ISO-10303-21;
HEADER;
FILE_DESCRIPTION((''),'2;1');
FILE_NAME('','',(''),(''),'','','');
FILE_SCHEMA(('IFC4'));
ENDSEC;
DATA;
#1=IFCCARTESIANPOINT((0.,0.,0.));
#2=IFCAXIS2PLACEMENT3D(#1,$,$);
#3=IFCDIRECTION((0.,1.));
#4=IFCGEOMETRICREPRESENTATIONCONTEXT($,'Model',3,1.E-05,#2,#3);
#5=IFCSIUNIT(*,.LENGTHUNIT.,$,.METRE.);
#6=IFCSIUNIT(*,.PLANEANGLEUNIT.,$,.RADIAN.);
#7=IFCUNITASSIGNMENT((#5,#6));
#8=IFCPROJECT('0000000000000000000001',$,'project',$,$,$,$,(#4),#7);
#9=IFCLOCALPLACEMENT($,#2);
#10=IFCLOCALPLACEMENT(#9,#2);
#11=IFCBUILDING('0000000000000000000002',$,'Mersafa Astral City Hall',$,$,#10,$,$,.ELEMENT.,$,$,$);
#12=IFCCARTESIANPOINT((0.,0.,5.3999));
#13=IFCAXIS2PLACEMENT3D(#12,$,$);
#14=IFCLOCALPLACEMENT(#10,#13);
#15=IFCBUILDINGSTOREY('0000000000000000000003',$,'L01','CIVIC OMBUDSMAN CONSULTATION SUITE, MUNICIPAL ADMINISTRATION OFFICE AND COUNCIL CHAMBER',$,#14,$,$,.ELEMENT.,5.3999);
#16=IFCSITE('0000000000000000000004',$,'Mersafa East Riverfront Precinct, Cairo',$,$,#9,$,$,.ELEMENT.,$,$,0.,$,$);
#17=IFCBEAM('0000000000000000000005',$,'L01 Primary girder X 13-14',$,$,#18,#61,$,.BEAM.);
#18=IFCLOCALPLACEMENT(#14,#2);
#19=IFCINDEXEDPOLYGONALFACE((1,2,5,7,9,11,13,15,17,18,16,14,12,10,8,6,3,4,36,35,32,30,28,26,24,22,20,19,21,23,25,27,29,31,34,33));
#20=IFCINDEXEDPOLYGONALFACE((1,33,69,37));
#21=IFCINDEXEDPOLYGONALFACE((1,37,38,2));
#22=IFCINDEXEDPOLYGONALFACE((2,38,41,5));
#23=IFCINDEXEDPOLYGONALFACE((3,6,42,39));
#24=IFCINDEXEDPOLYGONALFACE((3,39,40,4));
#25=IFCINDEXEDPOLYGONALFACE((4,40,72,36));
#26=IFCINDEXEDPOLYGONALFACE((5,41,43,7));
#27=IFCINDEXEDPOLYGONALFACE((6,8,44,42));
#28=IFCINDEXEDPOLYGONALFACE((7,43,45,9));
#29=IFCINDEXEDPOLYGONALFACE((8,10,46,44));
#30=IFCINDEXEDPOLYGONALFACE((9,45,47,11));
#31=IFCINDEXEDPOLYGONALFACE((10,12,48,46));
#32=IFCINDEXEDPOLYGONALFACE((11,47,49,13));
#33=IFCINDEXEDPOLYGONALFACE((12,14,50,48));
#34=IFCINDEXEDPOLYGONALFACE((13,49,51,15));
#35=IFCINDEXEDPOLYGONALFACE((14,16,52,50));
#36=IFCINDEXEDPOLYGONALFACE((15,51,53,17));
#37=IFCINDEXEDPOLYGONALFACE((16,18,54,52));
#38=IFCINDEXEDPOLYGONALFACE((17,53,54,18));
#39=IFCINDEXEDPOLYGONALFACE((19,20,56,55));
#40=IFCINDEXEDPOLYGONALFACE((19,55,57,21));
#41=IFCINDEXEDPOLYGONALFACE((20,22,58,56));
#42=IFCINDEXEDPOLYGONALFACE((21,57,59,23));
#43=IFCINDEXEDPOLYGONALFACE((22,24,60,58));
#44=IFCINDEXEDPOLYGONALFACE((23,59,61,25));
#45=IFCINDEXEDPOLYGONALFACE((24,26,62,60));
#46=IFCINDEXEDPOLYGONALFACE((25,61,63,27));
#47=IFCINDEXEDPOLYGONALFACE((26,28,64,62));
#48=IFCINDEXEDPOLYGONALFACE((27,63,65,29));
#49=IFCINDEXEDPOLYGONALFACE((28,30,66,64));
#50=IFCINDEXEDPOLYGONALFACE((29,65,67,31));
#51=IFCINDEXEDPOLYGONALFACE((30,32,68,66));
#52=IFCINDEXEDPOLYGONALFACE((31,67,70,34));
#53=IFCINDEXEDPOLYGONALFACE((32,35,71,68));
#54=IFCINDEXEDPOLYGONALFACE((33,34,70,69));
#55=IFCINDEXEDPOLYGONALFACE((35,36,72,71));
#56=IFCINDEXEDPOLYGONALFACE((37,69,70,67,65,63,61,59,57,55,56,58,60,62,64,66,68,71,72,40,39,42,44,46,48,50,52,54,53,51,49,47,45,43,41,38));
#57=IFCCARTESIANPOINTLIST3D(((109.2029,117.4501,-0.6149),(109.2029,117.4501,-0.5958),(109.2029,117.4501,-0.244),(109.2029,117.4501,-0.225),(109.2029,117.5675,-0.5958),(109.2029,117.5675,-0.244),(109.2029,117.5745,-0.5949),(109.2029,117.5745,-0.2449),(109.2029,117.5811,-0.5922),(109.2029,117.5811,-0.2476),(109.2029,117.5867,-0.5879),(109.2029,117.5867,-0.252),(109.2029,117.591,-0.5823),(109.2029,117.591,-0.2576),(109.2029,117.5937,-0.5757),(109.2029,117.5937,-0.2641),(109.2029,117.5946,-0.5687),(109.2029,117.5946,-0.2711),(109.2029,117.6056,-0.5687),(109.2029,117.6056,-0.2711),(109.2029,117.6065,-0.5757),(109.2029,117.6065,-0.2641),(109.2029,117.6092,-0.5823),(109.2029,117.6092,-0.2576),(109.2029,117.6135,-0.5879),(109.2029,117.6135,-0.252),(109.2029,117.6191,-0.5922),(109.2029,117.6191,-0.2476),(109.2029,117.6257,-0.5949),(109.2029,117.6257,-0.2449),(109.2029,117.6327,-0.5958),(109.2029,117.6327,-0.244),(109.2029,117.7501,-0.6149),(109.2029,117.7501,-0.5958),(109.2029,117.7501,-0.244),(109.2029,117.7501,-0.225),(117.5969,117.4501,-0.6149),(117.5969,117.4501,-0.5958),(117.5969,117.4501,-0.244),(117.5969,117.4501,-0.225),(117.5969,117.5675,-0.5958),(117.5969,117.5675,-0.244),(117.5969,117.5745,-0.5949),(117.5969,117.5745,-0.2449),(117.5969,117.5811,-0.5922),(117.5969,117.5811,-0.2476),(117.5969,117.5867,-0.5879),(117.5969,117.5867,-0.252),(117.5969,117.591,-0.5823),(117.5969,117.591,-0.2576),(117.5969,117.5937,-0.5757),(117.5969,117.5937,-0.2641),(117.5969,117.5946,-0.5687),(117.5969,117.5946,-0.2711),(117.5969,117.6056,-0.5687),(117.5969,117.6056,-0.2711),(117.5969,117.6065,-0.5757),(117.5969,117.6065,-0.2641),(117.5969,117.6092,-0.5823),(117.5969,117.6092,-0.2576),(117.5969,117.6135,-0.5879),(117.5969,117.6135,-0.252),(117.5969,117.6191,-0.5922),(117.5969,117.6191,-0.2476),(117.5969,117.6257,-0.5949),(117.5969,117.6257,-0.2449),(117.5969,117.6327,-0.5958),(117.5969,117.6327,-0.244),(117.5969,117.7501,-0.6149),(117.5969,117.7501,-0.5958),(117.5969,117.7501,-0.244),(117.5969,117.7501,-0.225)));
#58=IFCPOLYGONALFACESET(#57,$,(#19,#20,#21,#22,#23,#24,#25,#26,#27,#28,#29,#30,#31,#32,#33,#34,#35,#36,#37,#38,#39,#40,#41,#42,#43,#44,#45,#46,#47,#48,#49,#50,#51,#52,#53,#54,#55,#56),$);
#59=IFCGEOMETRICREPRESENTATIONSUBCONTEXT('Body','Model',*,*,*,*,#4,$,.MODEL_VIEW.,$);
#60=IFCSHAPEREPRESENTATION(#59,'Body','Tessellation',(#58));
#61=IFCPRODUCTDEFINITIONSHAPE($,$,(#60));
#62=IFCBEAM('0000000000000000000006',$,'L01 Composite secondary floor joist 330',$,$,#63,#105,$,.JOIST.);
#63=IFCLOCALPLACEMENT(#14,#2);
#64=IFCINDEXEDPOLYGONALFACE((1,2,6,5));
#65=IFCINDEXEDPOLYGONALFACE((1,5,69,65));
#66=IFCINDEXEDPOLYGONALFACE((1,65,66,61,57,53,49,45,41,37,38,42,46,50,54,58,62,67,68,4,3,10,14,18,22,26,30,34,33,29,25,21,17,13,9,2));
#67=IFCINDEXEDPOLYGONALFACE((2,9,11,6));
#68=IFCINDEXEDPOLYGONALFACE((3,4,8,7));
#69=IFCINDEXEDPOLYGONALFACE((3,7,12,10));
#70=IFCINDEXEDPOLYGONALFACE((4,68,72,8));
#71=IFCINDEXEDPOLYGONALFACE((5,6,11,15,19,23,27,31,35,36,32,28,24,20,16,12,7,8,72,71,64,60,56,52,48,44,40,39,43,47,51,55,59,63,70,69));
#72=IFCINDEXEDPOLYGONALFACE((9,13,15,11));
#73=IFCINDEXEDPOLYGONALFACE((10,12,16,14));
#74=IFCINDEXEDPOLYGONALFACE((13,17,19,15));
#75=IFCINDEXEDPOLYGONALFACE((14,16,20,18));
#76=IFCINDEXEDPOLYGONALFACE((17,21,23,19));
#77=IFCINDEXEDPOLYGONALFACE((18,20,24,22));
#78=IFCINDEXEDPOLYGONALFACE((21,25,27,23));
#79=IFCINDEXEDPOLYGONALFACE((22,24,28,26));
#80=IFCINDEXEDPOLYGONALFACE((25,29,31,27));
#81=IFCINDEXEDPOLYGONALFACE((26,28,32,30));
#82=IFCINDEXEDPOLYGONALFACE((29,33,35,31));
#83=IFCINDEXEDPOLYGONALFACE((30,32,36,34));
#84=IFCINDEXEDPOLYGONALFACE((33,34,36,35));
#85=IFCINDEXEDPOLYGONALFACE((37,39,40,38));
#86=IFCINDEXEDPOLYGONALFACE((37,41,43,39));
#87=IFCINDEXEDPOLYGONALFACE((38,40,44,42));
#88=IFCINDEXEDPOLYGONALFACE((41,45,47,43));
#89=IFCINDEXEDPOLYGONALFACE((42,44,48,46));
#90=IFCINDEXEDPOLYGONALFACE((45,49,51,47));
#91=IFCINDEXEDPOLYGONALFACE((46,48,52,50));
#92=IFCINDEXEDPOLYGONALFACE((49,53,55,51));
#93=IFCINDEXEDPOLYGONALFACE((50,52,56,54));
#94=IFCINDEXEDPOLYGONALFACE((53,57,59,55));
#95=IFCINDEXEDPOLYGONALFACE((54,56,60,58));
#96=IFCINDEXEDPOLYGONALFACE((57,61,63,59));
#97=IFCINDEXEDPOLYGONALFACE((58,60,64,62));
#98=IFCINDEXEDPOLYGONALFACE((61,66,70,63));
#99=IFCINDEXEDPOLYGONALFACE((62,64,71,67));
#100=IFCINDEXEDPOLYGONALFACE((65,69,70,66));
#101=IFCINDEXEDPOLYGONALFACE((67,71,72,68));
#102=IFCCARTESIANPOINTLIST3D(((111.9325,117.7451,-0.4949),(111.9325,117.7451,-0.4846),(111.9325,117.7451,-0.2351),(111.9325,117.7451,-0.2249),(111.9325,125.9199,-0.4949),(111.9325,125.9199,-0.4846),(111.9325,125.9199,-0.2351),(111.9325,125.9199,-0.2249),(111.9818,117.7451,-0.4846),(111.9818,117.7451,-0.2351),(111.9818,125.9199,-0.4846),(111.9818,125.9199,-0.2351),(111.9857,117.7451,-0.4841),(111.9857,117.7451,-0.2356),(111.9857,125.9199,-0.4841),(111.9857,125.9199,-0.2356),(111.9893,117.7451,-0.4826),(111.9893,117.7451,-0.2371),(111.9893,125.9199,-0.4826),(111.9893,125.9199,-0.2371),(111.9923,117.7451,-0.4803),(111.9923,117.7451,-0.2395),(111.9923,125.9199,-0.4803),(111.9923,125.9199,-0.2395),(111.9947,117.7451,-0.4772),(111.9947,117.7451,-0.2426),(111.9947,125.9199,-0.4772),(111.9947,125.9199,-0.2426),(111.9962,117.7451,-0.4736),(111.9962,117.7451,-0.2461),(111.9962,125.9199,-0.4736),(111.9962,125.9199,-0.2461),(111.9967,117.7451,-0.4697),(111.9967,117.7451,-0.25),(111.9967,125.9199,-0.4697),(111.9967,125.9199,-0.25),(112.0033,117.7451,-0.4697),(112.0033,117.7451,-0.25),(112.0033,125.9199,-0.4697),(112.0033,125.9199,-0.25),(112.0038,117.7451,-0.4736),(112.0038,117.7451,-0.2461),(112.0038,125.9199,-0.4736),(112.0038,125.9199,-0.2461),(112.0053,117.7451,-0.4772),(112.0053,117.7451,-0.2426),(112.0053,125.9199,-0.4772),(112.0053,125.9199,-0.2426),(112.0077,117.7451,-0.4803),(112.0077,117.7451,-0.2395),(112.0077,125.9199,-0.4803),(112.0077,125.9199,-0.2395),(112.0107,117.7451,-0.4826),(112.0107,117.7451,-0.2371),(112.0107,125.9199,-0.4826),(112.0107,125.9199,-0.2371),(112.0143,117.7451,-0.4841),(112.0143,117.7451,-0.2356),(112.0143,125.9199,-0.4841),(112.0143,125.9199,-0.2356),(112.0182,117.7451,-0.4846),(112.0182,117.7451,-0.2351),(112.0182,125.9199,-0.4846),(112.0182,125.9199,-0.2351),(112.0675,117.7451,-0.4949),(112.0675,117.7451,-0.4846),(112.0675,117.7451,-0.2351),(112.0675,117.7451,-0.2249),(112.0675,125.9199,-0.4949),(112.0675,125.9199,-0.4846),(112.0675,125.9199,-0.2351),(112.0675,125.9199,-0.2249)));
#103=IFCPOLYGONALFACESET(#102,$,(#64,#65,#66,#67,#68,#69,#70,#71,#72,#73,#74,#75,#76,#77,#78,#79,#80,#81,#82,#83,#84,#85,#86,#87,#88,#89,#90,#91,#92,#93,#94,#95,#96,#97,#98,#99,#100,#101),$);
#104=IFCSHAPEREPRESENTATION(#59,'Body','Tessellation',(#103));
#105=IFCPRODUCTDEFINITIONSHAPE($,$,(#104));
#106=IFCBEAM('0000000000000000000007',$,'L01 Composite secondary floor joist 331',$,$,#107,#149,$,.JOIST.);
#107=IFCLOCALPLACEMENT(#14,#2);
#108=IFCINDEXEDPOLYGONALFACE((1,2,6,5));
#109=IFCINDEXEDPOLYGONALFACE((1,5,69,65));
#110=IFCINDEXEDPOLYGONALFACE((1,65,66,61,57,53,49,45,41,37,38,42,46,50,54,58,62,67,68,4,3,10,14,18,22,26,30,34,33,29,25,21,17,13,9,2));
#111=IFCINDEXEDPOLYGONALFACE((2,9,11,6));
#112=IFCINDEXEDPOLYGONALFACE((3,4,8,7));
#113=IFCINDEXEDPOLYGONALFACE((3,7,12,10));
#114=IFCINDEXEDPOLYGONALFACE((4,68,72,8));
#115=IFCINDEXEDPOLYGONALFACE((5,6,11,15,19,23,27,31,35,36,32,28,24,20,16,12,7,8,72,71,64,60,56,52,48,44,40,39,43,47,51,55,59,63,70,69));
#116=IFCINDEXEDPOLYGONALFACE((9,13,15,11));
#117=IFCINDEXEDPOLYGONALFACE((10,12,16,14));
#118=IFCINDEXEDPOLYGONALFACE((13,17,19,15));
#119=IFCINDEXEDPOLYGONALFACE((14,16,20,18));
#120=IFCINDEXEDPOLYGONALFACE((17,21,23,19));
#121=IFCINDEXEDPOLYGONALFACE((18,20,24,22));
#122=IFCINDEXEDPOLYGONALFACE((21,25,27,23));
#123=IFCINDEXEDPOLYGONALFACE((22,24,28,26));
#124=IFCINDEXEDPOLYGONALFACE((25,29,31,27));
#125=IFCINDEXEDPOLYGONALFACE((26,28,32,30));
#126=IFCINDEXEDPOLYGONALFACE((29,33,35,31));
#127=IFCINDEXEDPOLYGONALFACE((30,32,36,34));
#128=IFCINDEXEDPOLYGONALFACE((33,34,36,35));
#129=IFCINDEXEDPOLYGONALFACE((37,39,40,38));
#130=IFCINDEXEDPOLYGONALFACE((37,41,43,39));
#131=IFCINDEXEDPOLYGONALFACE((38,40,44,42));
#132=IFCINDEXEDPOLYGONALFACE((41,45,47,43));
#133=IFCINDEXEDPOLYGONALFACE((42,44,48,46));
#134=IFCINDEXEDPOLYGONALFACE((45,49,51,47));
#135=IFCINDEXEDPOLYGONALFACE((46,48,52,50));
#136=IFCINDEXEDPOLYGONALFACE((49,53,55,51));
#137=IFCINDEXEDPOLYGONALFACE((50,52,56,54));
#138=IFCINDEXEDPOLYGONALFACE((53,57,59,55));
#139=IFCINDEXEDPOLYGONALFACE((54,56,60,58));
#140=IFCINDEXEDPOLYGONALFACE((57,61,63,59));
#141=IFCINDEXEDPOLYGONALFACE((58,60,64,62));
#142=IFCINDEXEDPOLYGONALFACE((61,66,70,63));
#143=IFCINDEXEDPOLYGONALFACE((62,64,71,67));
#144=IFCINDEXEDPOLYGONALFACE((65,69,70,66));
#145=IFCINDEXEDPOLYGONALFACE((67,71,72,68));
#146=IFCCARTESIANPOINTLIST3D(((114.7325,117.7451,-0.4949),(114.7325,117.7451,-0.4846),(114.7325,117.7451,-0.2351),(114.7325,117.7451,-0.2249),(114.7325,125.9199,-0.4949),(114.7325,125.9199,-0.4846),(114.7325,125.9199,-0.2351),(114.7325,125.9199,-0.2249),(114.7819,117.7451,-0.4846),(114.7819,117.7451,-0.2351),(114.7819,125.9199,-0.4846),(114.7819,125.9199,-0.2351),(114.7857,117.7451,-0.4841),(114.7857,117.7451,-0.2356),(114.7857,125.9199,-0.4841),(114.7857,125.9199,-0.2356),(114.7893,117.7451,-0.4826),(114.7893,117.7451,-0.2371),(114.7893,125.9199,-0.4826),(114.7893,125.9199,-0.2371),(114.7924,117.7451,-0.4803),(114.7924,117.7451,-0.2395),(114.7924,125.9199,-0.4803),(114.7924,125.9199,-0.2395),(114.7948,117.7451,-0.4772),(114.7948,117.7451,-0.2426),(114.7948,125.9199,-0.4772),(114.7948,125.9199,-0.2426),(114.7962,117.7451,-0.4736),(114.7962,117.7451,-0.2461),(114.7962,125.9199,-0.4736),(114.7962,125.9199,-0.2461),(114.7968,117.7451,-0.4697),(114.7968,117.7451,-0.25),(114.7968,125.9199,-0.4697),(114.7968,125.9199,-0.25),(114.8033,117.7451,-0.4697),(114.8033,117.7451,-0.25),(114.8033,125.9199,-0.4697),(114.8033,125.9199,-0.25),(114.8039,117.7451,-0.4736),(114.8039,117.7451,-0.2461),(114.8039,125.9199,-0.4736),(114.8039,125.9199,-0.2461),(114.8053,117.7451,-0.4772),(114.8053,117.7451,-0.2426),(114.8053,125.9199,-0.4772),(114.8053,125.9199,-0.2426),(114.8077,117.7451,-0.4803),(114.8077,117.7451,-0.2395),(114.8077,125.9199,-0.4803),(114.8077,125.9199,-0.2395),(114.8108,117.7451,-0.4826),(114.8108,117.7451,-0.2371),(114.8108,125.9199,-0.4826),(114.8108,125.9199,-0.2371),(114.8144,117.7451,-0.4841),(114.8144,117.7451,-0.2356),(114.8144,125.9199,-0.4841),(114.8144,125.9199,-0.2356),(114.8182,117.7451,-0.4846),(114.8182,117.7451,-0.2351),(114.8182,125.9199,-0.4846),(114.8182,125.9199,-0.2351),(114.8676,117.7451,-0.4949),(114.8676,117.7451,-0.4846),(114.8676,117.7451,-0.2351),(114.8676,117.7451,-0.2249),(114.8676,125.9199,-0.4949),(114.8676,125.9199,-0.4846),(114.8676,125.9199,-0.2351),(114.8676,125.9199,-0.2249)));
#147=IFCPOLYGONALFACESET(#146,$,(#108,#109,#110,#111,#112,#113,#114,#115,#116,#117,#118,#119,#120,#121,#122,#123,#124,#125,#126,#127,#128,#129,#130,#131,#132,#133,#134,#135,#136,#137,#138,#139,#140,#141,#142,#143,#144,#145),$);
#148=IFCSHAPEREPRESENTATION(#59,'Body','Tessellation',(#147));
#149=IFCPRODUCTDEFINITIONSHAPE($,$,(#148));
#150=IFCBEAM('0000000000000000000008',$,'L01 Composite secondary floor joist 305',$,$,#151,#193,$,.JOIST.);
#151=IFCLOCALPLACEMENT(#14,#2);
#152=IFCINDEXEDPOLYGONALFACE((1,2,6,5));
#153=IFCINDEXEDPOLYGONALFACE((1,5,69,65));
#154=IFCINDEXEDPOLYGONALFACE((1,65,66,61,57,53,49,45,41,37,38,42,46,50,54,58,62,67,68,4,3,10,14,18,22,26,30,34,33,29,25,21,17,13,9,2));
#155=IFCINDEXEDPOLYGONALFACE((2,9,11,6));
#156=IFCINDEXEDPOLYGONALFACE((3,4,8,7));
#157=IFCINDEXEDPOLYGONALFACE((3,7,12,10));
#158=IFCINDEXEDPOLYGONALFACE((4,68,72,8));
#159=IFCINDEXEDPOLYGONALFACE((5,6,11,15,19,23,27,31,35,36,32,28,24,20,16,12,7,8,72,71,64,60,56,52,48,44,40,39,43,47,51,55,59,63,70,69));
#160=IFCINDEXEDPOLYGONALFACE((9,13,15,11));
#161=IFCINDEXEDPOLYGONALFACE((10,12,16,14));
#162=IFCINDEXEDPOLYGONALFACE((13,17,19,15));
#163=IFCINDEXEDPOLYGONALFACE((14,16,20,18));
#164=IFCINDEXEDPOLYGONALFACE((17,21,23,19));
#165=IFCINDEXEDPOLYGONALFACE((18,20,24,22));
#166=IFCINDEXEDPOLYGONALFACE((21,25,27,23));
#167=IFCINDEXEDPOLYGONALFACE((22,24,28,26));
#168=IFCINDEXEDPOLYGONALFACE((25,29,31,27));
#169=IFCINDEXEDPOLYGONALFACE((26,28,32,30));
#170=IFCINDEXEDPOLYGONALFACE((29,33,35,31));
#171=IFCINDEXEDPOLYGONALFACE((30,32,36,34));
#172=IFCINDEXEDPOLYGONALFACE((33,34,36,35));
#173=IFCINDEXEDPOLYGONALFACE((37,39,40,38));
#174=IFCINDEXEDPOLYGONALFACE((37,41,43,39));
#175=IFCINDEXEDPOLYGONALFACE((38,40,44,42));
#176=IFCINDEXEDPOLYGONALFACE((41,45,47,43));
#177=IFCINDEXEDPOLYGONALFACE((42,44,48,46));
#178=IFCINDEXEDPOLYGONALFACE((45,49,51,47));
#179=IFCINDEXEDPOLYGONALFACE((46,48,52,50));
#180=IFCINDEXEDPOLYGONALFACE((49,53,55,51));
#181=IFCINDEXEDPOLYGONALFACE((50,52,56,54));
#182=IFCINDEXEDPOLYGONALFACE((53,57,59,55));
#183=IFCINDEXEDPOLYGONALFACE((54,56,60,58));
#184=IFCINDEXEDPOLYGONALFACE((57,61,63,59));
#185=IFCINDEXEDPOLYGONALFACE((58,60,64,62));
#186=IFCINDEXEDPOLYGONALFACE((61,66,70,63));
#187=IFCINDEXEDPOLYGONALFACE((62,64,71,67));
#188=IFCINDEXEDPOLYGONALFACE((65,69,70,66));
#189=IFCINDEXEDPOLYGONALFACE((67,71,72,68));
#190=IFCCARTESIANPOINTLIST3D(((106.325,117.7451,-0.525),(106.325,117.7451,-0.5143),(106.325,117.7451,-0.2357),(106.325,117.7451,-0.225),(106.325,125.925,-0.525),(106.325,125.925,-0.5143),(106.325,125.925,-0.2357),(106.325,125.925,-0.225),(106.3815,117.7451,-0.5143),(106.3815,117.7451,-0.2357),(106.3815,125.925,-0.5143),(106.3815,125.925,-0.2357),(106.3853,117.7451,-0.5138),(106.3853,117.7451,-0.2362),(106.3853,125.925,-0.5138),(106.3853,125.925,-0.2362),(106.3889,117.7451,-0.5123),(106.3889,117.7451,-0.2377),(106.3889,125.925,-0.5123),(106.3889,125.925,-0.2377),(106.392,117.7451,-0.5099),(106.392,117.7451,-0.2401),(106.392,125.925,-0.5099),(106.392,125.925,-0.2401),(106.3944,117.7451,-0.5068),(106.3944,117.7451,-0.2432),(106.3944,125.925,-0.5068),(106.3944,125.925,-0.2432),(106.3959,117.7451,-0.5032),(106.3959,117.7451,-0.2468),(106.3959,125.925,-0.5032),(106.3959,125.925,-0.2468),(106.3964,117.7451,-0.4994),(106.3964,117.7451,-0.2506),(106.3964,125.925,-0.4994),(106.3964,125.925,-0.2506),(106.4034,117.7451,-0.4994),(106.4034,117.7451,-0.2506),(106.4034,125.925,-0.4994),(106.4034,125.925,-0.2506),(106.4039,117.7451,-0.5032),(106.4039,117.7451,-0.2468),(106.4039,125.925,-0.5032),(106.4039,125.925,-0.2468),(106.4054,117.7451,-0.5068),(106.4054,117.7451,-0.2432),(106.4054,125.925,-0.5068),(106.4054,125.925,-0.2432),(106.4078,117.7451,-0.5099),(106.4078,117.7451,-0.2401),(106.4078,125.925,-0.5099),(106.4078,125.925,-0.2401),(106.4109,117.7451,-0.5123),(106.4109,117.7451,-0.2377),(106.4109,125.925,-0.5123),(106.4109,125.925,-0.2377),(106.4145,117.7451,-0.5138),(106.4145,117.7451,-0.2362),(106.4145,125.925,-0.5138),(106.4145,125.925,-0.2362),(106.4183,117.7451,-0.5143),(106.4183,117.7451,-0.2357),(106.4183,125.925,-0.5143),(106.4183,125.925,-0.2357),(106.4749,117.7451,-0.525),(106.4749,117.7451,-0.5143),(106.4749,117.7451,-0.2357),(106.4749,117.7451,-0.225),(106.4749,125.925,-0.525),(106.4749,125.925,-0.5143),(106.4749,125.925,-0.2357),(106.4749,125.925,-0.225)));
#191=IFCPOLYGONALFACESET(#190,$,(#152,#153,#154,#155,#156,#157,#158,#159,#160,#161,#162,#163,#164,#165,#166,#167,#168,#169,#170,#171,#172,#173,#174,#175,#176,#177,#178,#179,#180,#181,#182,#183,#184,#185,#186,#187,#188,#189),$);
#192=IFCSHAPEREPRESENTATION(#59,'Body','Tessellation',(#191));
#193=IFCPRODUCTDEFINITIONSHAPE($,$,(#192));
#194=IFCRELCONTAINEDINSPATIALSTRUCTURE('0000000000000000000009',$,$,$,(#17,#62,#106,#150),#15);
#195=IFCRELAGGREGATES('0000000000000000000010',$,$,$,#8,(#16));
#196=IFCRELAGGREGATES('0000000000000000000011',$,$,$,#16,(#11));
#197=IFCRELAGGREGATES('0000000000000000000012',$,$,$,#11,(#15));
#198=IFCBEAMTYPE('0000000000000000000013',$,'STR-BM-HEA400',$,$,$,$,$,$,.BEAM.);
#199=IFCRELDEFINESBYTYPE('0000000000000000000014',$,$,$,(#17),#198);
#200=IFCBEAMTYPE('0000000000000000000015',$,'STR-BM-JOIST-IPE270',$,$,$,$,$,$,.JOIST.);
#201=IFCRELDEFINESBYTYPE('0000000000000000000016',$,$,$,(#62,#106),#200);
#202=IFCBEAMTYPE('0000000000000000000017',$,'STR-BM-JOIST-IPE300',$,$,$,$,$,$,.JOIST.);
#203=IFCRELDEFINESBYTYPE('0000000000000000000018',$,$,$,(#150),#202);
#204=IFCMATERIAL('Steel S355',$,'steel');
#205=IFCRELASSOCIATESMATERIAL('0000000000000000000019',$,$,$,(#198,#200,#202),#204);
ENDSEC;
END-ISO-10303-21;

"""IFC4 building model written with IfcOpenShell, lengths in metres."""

from ifc_helpers import new_model, si_unit, direction, frame, origin, origin_2d, place, context, subcontext, project, spatial, i_section, extrude, material, material_profile, profile_set, type_object, element, save


model = new_model("IFC4")

# Units and contexts
model_context = context("Model", 3, precision=1e-05, world=origin(), true_north=direction((0.0, 1.0)))
body_context = subcontext(model_context, "Body", "Model", "MODEL_VIEW")
ifc_project = project(units=[si_unit("LENGTHUNIT", "METRE"), si_unit("PLANEANGLEUNIT", "RADIAN")], contexts=[model_context])

# Site, building, storey
site_placement = place(None, origin())
site = spatial("IfcSite", under=ifc_project, at=site_placement, Name="Mersafa East Riverfront Precinct, Cairo", CompositionType="ELEMENT", RefElevation=0.0)
building_placement = place(site_placement, origin())
building = spatial("IfcBuilding", under=site, at=building_placement, Name="Mersafa Astral City Hall", CompositionType="ELEMENT")
storey_placement = place(building_placement, frame((0.0, 0.0, 5.3999)))
storey = spatial("IfcBuildingStorey", under=building, at=storey_placement, Name="L01", Description="CIVIC OMBUDSMAN CONSULTATION SUITE, MUNICIPAL ADMINISTRATION OFFICE AND COUNCIL CHAMBER", CompositionType="ELEMENT", Elevation=5.3999)

# Shared definitions
ifc_material_1 = material(Name="Steel S355", Category="steel")

# Beams
ifc_material_profile_1 = material_profile(ifc_material_1, i_section(OverallWidth=0.3, OverallDepth=0.3899, WebThickness=0.011, FlangeThickness=0.019, FilletRadius=0.0271, at=origin_2d()), Name="HEA 400")
ifc_profile_set_1 = profile_set([ifc_material_profile_1], Name="Steel S355")
beam_type_1 = type_object("IfcBeamType", Name="STR-BM-HEA400", PredefinedType="BEAM", material=ifc_profile_set_1)
beam_1_placement = place(storey_placement, frame((109.2029, 117.6001, -0.4199), z_axis=(1.0, 0.0, 0.0), x_axis=(0.0, 1.0, 0.0)))
element("IfcBeam", 1, at=beam_1_placement, inside=storey, type_object=beam_type_1, Name="L01 Primary girder X 13-14", PredefinedType="BEAM", context=body_context, shape_type="SweptSolid", body=[
    extrude(i_section(OverallWidth=0.3, OverallDepth=0.3899, WebThickness=0.011, FlangeThickness=0.019, FilletRadius=0.0271, at=origin_2d()), origin(), (0.0, 0.0, 1.0), 8.394),
])
ifc_material_profile_2 = material_profile(ifc_material_1, i_section(OverallWidth=0.135, OverallDepth=0.27, WebThickness=0.0066, FlangeThickness=0.0103, FilletRadius=0.0149, at=origin_2d()), Name="IPE 270")
ifc_profile_set_2 = profile_set([ifc_material_profile_2], Name="Steel S355")
beam_type_2 = type_object("IfcBeamType", Name="STR-BM-JOIST-IPE270", PredefinedType="JOIST", material=ifc_profile_set_2)
for number, where, z_axis, x_axis, name in (
    (2, (112.0, 117.7451, -0.3599), (0.0, 1.0, 0.0), (-1.0, 0.0, 0.0), "L01 Composite secondary floor joist 330"),
    (3, (114.8, 117.7451, -0.3599), (0.0, 1.0, 0.0), (-1.0, 0.0, 0.0), "L01 Composite secondary floor joist 331"),
):
    element("IfcBeam", number, at=place(storey_placement, frame(where, z_axis=z_axis, x_axis=x_axis)), inside=storey, type_object=beam_type_2, Name=name, PredefinedType="JOIST", context=body_context, shape_type="SweptSolid", body=[
        extrude(i_section(OverallWidth=0.135, OverallDepth=0.27, WebThickness=0.0066, FlangeThickness=0.0103, FilletRadius=0.0149, at=origin_2d()), origin(), (0.0, 0.0, 1.0), 8.1748),
    ])
ifc_material_profile_3 = material_profile(ifc_material_1, i_section(OverallWidth=0.1499, OverallDepth=0.3, WebThickness=0.0071, FlangeThickness=0.0107, FilletRadius=0.0149, at=origin_2d()), Name="IPE 300")
ifc_profile_set_3 = profile_set([ifc_material_profile_3], Name="Steel S355")
beam_type_3 = type_object("IfcBeamType", Name="STR-BM-JOIST-IPE300", PredefinedType="JOIST", material=ifc_profile_set_3)
beam_2_placement = place(storey_placement, frame((106.3999, 117.7451, -0.375), z_axis=(0.0, 1.0, 0.0), x_axis=(-1.0, 0.0, 0.0)))
element("IfcBeam", 4, at=beam_2_placement, inside=storey, type_object=beam_type_3, Name="L01 Composite secondary floor joist 305", PredefinedType="JOIST", context=body_context, shape_type="SweptSolid", body=[
    extrude(i_section(OverallWidth=0.1499, OverallDepth=0.3, WebThickness=0.0071, FlangeThickness=0.0107, FilletRadius=0.0149, at=origin_2d()), origin(), (0.0, 0.0, 1.0), 8.1799),
])

save(model, "model.ifc")
